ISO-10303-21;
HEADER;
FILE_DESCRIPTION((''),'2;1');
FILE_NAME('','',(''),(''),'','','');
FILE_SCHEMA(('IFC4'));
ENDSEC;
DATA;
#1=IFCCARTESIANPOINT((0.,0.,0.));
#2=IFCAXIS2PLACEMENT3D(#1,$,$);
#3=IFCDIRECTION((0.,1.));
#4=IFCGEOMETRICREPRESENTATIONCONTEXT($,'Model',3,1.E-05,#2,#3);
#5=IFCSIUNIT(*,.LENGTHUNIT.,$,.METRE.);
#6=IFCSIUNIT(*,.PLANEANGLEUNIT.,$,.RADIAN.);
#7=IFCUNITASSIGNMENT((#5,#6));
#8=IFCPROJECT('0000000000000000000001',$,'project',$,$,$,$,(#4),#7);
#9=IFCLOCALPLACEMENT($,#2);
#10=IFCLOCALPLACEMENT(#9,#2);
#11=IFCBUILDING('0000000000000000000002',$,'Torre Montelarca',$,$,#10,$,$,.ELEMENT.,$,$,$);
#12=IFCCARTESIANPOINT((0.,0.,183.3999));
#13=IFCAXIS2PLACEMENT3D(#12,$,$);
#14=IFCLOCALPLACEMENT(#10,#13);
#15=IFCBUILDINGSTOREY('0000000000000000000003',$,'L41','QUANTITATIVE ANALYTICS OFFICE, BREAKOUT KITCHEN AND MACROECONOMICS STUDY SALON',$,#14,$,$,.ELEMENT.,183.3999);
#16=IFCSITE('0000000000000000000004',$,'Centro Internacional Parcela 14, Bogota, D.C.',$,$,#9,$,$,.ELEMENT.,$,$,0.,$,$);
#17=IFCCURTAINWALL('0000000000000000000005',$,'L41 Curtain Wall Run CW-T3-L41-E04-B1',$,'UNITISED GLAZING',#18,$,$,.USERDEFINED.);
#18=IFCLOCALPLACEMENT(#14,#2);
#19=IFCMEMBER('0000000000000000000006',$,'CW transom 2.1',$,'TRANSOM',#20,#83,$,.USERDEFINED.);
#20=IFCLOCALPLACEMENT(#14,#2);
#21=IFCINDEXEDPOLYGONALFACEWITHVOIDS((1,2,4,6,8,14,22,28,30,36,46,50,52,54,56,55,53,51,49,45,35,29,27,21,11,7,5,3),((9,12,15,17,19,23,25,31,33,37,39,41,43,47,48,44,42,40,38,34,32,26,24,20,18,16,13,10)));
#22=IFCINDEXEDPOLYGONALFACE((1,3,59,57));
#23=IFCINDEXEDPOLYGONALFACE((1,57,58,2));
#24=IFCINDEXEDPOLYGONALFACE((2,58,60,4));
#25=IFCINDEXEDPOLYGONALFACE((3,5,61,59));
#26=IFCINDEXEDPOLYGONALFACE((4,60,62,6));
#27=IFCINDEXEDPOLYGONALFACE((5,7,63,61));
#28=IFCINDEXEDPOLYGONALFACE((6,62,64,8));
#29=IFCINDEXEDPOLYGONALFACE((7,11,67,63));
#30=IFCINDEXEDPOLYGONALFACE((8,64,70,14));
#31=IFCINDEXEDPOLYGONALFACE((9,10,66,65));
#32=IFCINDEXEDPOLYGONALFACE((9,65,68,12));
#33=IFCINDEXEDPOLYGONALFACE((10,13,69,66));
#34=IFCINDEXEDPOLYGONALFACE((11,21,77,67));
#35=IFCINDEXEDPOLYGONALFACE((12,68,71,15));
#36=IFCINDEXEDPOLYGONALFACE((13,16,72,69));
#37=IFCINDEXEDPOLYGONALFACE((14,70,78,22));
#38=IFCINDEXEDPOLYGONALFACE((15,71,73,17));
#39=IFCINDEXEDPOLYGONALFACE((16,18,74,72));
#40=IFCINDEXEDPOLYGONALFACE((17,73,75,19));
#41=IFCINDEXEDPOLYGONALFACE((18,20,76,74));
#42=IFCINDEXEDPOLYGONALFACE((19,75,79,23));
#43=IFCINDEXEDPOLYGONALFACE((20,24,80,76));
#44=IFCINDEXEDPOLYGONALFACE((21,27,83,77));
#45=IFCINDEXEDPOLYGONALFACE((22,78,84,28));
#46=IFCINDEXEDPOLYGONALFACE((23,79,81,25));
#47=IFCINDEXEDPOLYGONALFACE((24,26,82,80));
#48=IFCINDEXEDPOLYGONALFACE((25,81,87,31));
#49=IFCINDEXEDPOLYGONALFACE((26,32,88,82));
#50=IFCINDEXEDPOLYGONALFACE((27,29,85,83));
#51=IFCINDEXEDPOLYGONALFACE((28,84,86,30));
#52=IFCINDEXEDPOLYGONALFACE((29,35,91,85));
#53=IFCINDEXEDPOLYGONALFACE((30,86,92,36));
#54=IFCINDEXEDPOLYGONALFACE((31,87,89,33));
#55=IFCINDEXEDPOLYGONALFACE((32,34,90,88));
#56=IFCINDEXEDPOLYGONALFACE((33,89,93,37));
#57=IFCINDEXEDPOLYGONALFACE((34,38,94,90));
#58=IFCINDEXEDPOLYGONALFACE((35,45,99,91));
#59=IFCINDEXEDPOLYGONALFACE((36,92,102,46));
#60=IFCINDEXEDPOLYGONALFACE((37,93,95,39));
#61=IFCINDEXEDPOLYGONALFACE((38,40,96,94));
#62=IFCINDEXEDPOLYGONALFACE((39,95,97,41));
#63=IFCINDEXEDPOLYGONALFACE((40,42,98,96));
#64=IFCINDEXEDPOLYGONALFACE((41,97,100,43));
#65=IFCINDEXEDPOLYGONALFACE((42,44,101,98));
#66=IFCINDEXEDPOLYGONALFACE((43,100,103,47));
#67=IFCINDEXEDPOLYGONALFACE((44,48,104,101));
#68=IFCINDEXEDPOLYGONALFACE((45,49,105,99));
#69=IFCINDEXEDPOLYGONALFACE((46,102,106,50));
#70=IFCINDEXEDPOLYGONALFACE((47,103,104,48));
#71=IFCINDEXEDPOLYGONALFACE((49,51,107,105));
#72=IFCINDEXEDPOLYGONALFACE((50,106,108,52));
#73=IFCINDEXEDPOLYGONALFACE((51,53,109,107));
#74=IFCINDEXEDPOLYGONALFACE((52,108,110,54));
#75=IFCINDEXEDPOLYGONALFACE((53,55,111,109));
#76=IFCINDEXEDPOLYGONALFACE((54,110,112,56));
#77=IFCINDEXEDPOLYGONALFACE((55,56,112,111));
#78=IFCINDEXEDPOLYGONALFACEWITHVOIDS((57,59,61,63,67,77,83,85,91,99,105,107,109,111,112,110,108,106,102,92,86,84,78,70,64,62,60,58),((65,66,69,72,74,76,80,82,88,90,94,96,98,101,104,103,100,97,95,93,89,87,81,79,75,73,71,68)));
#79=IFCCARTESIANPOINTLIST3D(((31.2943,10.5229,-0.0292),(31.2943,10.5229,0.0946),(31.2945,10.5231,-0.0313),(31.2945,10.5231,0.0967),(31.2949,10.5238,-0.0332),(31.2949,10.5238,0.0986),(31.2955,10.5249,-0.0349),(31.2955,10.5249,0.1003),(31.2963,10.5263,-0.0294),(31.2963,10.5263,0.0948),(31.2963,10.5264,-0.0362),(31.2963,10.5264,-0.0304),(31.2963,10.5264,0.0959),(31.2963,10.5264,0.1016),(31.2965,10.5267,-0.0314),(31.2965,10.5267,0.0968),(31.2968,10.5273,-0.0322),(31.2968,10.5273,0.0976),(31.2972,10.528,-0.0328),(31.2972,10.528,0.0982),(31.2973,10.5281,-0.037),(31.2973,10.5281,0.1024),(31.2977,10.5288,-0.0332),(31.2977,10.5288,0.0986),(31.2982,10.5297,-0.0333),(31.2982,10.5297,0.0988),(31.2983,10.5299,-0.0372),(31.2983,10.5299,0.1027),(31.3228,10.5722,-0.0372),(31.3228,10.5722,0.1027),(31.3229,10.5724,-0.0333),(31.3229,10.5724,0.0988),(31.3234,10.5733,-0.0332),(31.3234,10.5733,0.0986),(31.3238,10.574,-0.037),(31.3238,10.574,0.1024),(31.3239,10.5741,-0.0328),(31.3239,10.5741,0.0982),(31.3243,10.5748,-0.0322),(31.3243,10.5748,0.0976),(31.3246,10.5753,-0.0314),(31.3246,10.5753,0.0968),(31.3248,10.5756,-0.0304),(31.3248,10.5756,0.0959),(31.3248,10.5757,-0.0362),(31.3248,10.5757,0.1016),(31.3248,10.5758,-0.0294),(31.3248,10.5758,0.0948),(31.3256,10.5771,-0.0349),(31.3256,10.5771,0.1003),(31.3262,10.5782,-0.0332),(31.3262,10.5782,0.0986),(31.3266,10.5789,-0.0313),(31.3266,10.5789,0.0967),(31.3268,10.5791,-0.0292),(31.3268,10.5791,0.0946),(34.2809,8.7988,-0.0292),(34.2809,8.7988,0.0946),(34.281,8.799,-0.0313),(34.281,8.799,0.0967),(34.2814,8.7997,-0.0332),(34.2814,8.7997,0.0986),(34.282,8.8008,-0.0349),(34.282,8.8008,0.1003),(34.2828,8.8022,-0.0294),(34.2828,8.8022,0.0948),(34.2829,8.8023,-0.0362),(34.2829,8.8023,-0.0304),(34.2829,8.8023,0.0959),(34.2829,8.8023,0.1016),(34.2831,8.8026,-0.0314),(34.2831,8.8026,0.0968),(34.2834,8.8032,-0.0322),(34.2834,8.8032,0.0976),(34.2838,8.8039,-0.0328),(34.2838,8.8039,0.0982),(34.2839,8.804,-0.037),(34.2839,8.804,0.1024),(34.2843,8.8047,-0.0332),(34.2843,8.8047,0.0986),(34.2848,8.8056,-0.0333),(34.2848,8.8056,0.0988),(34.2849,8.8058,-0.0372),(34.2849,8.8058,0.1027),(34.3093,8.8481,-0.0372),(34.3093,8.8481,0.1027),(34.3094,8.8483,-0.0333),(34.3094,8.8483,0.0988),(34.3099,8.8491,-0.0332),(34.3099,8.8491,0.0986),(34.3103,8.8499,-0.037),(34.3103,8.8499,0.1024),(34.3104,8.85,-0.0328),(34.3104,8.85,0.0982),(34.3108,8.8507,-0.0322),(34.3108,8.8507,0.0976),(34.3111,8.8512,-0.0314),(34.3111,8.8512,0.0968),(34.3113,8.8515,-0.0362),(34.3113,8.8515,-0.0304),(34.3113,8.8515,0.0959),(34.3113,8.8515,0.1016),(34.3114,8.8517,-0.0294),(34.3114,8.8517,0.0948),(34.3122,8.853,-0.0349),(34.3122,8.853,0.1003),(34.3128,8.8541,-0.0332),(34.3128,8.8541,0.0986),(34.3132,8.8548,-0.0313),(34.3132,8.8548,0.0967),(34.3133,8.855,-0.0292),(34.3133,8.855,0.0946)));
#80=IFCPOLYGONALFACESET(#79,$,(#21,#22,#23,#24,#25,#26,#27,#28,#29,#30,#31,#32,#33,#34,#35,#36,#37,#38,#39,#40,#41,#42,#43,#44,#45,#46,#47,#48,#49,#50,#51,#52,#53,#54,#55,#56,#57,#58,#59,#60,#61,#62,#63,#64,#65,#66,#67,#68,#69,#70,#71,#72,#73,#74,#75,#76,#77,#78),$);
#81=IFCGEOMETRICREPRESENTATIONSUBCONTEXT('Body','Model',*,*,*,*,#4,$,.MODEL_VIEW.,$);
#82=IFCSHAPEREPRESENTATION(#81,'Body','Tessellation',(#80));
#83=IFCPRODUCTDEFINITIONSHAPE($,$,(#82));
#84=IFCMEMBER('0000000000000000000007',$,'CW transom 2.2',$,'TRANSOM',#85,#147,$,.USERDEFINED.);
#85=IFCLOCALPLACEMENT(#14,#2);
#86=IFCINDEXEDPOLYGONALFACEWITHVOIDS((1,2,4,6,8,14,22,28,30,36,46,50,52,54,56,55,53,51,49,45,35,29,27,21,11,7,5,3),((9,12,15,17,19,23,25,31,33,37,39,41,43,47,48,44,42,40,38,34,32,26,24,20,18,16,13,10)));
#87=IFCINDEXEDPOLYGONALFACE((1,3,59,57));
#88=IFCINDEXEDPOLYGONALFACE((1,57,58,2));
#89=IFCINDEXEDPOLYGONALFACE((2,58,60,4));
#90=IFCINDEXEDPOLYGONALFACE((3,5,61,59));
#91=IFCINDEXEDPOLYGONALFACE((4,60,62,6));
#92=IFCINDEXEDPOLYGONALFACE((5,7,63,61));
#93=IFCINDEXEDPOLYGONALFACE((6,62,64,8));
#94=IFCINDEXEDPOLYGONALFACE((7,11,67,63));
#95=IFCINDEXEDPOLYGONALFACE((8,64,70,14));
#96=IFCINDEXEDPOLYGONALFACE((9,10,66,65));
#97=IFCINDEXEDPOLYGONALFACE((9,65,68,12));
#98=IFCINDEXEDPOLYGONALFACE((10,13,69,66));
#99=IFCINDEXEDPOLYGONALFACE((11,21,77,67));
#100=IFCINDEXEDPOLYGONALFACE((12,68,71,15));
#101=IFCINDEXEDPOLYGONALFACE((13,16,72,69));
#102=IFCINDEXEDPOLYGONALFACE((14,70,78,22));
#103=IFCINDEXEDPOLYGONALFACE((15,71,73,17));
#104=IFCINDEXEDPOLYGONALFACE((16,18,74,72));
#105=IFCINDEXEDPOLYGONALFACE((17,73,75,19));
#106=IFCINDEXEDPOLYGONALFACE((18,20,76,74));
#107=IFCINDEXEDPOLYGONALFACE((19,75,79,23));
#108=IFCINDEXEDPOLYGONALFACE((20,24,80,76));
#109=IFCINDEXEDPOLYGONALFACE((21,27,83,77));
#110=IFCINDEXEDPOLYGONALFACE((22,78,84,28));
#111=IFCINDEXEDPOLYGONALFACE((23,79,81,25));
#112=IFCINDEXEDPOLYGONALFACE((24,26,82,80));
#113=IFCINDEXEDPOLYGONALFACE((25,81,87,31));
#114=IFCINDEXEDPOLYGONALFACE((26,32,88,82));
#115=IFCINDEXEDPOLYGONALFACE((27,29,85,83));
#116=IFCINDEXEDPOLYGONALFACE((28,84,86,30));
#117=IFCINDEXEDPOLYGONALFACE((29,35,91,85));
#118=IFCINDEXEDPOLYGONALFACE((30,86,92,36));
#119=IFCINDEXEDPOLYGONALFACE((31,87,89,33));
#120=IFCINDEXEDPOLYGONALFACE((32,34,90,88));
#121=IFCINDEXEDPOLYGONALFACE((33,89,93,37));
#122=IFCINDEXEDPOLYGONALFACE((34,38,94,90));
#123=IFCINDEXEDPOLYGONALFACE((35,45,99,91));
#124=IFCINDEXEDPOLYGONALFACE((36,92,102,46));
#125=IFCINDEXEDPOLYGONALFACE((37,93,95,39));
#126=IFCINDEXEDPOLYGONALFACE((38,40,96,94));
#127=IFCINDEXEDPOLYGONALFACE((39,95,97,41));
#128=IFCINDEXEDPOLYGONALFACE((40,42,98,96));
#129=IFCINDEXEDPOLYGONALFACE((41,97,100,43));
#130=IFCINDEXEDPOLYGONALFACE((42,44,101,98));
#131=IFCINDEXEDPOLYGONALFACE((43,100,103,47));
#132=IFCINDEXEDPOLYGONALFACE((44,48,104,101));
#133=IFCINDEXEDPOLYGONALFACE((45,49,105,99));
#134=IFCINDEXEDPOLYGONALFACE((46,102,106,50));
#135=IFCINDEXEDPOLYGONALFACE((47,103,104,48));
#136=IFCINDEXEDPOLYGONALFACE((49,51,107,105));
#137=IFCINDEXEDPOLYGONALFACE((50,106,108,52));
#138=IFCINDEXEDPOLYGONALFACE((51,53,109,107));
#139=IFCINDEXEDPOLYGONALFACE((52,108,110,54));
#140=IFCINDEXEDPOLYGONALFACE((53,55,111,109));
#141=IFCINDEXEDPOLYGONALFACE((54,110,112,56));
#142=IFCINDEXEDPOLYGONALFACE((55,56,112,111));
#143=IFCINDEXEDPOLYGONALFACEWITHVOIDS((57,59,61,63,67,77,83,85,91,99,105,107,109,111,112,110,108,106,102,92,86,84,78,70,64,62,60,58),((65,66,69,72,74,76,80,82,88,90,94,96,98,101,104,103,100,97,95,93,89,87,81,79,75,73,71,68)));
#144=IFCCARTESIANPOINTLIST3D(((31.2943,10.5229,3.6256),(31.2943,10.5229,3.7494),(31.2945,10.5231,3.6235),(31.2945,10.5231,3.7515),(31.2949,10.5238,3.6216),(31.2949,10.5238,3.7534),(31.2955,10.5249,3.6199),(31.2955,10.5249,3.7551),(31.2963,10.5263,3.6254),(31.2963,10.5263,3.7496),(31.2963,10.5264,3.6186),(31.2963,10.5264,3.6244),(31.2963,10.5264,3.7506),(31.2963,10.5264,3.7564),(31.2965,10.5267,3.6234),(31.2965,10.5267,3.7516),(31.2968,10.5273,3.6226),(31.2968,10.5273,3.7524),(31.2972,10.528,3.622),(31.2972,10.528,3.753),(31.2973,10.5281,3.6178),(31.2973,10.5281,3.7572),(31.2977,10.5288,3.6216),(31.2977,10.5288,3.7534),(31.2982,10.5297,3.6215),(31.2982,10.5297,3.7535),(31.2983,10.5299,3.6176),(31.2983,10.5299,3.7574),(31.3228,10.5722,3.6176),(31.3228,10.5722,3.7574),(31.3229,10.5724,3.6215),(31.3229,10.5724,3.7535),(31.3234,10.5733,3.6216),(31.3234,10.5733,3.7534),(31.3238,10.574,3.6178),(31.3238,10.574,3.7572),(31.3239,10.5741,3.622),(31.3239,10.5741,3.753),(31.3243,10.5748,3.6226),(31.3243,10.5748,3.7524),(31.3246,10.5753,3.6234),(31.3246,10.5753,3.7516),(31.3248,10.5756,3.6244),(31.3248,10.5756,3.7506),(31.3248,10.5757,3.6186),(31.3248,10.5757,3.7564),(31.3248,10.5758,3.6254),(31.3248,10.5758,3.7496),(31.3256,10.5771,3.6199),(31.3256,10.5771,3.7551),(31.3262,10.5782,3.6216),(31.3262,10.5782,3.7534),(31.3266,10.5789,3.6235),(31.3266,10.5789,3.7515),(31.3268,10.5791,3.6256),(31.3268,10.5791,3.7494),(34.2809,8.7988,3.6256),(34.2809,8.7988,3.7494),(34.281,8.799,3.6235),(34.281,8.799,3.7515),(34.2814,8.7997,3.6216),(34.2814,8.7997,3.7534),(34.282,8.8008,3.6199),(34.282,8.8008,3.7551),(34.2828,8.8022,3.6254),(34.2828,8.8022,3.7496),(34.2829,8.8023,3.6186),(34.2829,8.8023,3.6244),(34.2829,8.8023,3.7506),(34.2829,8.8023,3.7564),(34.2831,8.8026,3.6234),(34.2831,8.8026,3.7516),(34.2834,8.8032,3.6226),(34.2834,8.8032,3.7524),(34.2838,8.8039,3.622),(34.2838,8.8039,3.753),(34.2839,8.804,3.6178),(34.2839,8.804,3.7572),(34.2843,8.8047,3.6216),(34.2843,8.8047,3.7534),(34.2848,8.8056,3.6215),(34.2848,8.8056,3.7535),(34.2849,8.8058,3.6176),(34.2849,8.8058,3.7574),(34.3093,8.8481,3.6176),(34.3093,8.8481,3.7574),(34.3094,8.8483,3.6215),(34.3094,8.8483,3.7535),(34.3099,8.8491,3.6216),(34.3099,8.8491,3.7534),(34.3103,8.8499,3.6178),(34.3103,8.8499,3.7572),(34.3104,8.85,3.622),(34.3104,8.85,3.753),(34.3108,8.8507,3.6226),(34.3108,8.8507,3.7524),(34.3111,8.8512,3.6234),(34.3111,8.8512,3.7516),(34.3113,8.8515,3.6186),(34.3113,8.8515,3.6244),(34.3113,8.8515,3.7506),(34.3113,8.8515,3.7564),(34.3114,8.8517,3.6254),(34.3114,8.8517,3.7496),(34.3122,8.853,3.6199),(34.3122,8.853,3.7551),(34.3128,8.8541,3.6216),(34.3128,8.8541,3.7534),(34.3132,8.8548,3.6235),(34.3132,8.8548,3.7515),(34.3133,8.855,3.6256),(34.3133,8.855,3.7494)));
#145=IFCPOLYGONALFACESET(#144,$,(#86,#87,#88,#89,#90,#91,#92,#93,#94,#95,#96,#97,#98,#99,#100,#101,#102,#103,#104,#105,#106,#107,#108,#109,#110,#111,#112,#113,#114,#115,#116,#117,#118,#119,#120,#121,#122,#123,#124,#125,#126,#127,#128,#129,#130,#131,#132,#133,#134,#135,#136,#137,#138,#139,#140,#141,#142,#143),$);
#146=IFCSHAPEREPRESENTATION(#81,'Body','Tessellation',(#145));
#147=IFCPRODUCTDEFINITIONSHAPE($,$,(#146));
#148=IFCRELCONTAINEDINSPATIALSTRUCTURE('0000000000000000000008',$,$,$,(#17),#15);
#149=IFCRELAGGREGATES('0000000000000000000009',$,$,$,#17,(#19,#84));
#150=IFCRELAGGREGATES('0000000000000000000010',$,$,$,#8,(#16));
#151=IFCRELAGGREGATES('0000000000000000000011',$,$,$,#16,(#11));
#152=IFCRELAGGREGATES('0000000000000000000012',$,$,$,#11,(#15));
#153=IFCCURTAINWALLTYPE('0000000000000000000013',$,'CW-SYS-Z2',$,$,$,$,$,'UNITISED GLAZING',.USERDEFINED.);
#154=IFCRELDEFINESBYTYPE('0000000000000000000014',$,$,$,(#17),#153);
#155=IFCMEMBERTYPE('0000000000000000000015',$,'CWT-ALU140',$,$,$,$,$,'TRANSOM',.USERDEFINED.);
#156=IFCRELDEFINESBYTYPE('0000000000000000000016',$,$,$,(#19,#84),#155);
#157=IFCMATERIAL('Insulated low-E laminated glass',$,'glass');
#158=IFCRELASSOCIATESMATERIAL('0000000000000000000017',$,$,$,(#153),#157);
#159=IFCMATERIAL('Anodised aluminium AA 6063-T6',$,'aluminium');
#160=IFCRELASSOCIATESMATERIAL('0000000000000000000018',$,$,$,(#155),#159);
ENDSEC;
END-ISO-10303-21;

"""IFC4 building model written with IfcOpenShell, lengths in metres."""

from ifc_helpers import new_model, si_unit, direction, frame, origin, origin_2d, place, context, subcontext, project, spatial, hollow_rectangle, extrude, source, transform, mapped, material, material_profile, profile_set, type_object, element, aggregate, save


model = new_model("IFC4")

# Units and contexts
model_context = context("Model", 3, precision=1e-05, world=origin(), true_north=direction((0.0, 1.0)))
body_context = subcontext(model_context, "Body", "Model", "MODEL_VIEW")
ifc_project = project(units=[si_unit("LENGTHUNIT", "METRE"), si_unit("PLANEANGLEUNIT", "RADIAN")], contexts=[model_context])

# Site, building, storey
site_placement = place(None, origin())
site = spatial("IfcSite", under=ifc_project, at=site_placement, Name="Centro Internacional Parcela 14, Bogota, D.C.", CompositionType="ELEMENT", RefElevation=0.0)
building_placement = place(site_placement, origin())
building = spatial("IfcBuilding", under=site, at=building_placement, Name="Torre Montelarca", CompositionType="ELEMENT")
storey_placement = place(building_placement, frame((0.0, 0.0, 183.3999)))
storey = spatial("IfcBuildingStorey", under=building, at=storey_placement, Name="L41", Description="QUANTITATIVE ANALYTICS OFFICE, BREAKOUT KITCHEN AND MACROECONOMICS STUDY SALON", CompositionType="ELEMENT", Elevation=183.3999)

# Curtain wall
ifc_material_1 = material(Name="Insulated low-E laminated glass", Category="glass")
curtain_wall_type = type_object("IfcCurtainWallType", Name="CW-SYS-Z2", ElementType="UNITISED GLAZING", PredefinedType="USERDEFINED", material=ifc_material_1)
ifc_material_2 = material(Name="Anodised aluminium AA 6063-T6", Category="aluminium")
ifc_material_profile_1 = material_profile(ifc_material_2, hollow_rectangle(XDim=0.0649, YDim=0.1399, WallThickness=0.0039, InnerFilletRadius=0.0039, OuterFilletRadius=0.0081, at=origin_2d()), Name="ALU65X140X4", Category="aluminium")
ifc_profile_set_1 = profile_set([ifc_material_profile_1], Name="Anodised aluminium AA 6063-T6")
member_type_1 = type_object("IfcMemberType", Name="CWT-ALU140", ElementType="TRANSOM", PredefinedType="USERDEFINED", material=ifc_profile_set_1)
curtain_wall_1_placement = place(storey_placement, origin())
curtain_wall_1 = element("IfcCurtainWall", 1, at=curtain_wall_1_placement, inside=storey, type_object=curtain_wall_type, Name="L41 Curtain Wall Run CW-T3-L41-E04-B1", ObjectType="UNITISED GLAZING", PredefinedType="USERDEFINED")

# Members
shared_shape_1 = source(origin(), body_context, "Body", "SweptSolid", [
    extrude(hollow_rectangle(XDim=0.0649, YDim=0.1399, WallThickness=0.0039, InnerFilletRadius=0.0039, OuterFilletRadius=0.0081, at=origin_2d()), origin(), (0.0, 0.0, 1.0), 3.4485),
])
member_1_placement = place(storey_placement, frame((31.3105, 10.551, 0.0327), z_axis=(0.866048, -0.499961, 0.0), x_axis=(0.499961, 0.866048, 0.0)))
member_1 = element("IfcMember", 2, at=member_1_placement, type_object=member_type_1, Name="CW transom 2.1", ObjectType="TRANSOM", PredefinedType="USERDEFINED", context=body_context, shape_type="MappedRepresentation", body=[
    mapped(shared_shape_1, transform((0.0, 0.0, 0.0), scale=1.0)),
])
member_2_placement = place(storey_placement, frame((31.3105, 10.551, 3.6875), z_axis=(0.866048, -0.499961, 0.0), x_axis=(0.499961, 0.866048, 0.0)))
member_2 = element("IfcMember", 3, at=member_2_placement, type_object=member_type_1, Name="CW transom 2.2", ObjectType="TRANSOM", PredefinedType="USERDEFINED", context=body_context, shape_type="MappedRepresentation", body=[
    mapped(shared_shape_1, transform((0.0, 0.0, 0.0), scale=1.0)),
])

aggregate(curtain_wall_1, [member_1, member_2])

save(model, "model.ifc")
